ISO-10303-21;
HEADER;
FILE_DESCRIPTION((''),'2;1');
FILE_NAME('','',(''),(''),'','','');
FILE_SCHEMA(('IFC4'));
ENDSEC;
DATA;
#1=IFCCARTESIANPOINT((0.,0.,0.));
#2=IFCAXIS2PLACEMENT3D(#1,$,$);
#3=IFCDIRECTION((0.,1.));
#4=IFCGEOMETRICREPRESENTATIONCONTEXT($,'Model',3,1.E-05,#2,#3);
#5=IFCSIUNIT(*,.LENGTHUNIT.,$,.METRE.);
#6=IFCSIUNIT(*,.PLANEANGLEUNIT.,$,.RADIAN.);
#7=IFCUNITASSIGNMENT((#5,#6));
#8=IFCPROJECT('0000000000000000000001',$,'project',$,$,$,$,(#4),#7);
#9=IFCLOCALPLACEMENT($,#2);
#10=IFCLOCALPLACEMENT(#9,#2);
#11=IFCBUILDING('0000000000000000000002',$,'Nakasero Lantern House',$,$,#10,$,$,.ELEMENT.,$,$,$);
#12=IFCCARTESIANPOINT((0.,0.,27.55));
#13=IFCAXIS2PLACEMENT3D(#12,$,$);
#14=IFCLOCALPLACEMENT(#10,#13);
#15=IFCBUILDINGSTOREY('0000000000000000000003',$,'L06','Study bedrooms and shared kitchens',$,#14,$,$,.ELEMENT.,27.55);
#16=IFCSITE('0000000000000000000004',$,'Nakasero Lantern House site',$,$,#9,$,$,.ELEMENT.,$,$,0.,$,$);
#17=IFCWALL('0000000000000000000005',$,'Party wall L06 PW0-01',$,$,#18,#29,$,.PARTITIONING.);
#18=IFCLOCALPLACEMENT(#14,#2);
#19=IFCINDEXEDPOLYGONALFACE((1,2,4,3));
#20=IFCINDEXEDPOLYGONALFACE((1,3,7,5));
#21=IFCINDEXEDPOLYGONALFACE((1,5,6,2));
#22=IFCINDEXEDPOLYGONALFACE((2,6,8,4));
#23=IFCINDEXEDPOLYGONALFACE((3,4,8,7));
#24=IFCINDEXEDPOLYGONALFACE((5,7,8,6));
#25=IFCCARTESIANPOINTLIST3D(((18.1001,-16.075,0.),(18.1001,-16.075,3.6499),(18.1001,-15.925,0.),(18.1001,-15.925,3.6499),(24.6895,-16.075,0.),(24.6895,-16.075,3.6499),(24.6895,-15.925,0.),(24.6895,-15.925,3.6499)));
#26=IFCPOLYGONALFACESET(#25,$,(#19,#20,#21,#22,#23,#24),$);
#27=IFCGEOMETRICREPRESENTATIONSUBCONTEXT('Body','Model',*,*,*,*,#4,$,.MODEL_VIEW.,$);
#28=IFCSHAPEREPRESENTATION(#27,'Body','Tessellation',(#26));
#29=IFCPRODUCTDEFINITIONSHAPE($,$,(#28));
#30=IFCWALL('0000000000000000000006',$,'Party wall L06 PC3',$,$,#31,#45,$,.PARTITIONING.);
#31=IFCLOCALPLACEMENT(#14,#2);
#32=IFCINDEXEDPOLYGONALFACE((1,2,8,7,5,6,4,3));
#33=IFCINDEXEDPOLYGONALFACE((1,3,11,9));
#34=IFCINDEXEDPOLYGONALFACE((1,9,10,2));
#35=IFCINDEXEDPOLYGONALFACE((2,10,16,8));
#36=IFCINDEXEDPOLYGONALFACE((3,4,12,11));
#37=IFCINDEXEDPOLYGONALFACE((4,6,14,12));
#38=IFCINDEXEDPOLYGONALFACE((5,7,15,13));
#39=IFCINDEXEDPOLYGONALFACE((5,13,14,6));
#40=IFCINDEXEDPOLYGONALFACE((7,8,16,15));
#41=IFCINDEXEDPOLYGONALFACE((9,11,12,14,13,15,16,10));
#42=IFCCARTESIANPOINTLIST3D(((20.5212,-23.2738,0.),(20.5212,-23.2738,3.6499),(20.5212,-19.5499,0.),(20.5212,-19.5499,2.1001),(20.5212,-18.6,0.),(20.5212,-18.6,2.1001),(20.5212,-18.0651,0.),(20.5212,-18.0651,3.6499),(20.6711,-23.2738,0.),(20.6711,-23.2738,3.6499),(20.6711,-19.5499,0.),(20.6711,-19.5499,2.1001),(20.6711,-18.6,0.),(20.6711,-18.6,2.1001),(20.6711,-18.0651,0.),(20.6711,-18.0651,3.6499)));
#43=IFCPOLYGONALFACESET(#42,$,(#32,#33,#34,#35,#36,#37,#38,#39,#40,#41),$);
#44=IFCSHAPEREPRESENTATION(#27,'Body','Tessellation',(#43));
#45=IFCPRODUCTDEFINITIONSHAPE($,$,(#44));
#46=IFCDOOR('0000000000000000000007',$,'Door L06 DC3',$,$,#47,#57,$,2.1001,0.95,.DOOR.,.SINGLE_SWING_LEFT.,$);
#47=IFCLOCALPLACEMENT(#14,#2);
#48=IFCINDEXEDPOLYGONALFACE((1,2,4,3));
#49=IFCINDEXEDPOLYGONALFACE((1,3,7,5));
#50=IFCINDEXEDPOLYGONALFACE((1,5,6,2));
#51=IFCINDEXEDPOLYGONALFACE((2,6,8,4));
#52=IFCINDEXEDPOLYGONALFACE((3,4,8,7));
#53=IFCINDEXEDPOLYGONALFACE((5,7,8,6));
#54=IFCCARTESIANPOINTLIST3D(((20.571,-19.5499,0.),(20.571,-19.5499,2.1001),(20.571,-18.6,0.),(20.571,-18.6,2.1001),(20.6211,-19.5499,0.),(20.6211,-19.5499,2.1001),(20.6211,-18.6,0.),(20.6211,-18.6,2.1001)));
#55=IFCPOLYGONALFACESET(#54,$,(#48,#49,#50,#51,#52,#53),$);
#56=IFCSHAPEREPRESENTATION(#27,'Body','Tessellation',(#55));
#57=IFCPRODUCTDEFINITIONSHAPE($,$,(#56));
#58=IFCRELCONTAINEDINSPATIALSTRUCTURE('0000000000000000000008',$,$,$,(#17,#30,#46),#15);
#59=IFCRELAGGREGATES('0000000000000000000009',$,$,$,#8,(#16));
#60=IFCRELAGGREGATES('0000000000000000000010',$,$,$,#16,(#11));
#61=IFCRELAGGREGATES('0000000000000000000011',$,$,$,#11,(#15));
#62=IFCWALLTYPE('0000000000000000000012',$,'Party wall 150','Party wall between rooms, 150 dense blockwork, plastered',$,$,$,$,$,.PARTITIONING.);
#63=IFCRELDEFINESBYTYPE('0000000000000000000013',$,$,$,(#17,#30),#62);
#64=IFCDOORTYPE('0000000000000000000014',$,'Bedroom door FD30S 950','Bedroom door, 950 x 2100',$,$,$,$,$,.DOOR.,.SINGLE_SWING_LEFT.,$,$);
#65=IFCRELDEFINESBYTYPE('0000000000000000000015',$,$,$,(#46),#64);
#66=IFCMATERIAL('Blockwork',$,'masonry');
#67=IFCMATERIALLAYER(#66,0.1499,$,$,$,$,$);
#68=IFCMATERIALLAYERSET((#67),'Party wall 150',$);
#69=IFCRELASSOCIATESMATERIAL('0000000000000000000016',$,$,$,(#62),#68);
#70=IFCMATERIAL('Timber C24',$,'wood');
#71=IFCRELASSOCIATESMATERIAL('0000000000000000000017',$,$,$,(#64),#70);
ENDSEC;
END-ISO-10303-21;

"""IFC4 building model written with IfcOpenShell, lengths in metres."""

from ifc_helpers import new_model, si_unit, direction, frame, frame_2d, origin, place, context, subcontext, project, spatial, rectangle, extrude, material, layer, layer_set, type_object, element, fill, save


model = new_model("IFC4")

# Units and contexts
model_context = context("Model", 3, precision=1e-05, world=origin(), true_north=direction((0.0, 1.0)))
body_context = subcontext(model_context, "Body", "Model", "MODEL_VIEW")
ifc_project = project(units=[si_unit("LENGTHUNIT", "METRE"), si_unit("PLANEANGLEUNIT", "RADIAN")], contexts=[model_context])

# Site, building, storey
site_placement = place(None, origin())
site = spatial("IfcSite", under=ifc_project, at=site_placement, Name="Nakasero Lantern House site", CompositionType="ELEMENT", RefElevation=0.0)
building_placement = place(site_placement, origin())
building = spatial("IfcBuilding", under=site, at=building_placement, Name="Nakasero Lantern House", CompositionType="ELEMENT")
storey_placement = place(building_placement, frame((0.0, 0.0, 27.55)))
storey = spatial("IfcBuildingStorey", under=building, at=storey_placement, Name="L06", Description="Study bedrooms and shared kitchens", CompositionType="ELEMENT", Elevation=27.55)

# Wall
ifc_material_1 = material(Name="Blockwork", Category="masonry")
ifc_layer_1 = layer(ifc_material_1, 0.1499)
ifc_layer_set_1 = layer_set([ifc_layer_1], Name="Party wall 150")
wall_type_1 = type_object("IfcWallType", Name="Party wall 150", Description="Party wall between rooms, 150 dense blockwork, plastered", PredefinedType="PARTITIONING", material=ifc_layer_set_1)
wall_1_placement = place(storey_placement, frame((18.1001, -16.0, 0.0), z_axis=(0.0, 0.0, 1.0), x_axis=(1.0, 0.0, 0.0)))
element("IfcWall", 1, at=wall_1_placement, inside=storey, type_object=wall_type_1, Name="Party wall L06 PW0-01", PredefinedType="PARTITIONING", context=body_context, shape_type="SweptSolid", body=[
    extrude(rectangle(XDim=6.5894, YDim=0.1499, at=frame_2d((3.2947, 0.0))), origin(), (0.0, 0.0, 1.0), 3.6499),
])

# Wall, opening, door
wall_2_placement = place(storey_placement, frame((20.5962, -18.0649, 0.0), z_axis=(0.0, 0.0, 1.0), x_axis=(0.0, -1.0, 0.0)))
wall_2 = element("IfcWall", 2, at=wall_2_placement, inside=storey, type_object=wall_type_1, Name="Party wall L06 PC3", PredefinedType="PARTITIONING", context=body_context, shape_type="SweptSolid", body=[
    extrude(rectangle(XDim=5.2087, YDim=0.1499, at=frame_2d((2.6045, 0.0))), origin(), (0.0, 0.0, 1.0), 3.6499),
])
opening_1_placement = place(wall_2_placement, frame((0.5349, 0.0, 0.0)))
opening_1 = element("IfcOpeningElement", 3, at=opening_1_placement, cuts=wall_2, PredefinedType="OPENING", context=body_context, shape_type="SweptSolid", body=[
    extrude(rectangle(XDim=0.95, YDim=2.1001, at=frame_2d((0.4751, 1.05))), frame((0.0, 0.095, 0.0), z_axis=(0.0, -1.0, 0.0), x_axis=(1.0, 0.0, 0.0)), (0.0, 0.0, 1.0), 0.1899),
])
ifc_material_2 = material(Name="Timber C24", Category="wood")
door_type_1 = type_object("IfcDoorType", Name="Bedroom door FD30S 950", Description="Bedroom door, 950 x 2100", OperationType="SINGLE_SWING_LEFT", PredefinedType="DOOR", material=ifc_material_2)
door_1_placement = place(opening_1_placement, origin())
door_1 = element("IfcDoor", 4, at=door_1_placement, inside=storey, type_object=door_type_1, Name="Door L06 DC3", OperationType="SINGLE_SWING_LEFT", OverallHeight=2.1001, OverallWidth=0.95, PredefinedType="DOOR", context=body_context, shape_type="SweptSolid", body=[
    extrude(rectangle(XDim=0.95, YDim=2.1001, at=frame_2d((0.4751, 1.05))), frame((0.0, 0.0249, 0.0), z_axis=(0.0, -1.0, 0.0), x_axis=(1.0, 0.0, 0.0)), (0.0, 0.0, 1.0), 0.05),
])
fill(opening_1, door_1)

save(model, "model.ifc")
